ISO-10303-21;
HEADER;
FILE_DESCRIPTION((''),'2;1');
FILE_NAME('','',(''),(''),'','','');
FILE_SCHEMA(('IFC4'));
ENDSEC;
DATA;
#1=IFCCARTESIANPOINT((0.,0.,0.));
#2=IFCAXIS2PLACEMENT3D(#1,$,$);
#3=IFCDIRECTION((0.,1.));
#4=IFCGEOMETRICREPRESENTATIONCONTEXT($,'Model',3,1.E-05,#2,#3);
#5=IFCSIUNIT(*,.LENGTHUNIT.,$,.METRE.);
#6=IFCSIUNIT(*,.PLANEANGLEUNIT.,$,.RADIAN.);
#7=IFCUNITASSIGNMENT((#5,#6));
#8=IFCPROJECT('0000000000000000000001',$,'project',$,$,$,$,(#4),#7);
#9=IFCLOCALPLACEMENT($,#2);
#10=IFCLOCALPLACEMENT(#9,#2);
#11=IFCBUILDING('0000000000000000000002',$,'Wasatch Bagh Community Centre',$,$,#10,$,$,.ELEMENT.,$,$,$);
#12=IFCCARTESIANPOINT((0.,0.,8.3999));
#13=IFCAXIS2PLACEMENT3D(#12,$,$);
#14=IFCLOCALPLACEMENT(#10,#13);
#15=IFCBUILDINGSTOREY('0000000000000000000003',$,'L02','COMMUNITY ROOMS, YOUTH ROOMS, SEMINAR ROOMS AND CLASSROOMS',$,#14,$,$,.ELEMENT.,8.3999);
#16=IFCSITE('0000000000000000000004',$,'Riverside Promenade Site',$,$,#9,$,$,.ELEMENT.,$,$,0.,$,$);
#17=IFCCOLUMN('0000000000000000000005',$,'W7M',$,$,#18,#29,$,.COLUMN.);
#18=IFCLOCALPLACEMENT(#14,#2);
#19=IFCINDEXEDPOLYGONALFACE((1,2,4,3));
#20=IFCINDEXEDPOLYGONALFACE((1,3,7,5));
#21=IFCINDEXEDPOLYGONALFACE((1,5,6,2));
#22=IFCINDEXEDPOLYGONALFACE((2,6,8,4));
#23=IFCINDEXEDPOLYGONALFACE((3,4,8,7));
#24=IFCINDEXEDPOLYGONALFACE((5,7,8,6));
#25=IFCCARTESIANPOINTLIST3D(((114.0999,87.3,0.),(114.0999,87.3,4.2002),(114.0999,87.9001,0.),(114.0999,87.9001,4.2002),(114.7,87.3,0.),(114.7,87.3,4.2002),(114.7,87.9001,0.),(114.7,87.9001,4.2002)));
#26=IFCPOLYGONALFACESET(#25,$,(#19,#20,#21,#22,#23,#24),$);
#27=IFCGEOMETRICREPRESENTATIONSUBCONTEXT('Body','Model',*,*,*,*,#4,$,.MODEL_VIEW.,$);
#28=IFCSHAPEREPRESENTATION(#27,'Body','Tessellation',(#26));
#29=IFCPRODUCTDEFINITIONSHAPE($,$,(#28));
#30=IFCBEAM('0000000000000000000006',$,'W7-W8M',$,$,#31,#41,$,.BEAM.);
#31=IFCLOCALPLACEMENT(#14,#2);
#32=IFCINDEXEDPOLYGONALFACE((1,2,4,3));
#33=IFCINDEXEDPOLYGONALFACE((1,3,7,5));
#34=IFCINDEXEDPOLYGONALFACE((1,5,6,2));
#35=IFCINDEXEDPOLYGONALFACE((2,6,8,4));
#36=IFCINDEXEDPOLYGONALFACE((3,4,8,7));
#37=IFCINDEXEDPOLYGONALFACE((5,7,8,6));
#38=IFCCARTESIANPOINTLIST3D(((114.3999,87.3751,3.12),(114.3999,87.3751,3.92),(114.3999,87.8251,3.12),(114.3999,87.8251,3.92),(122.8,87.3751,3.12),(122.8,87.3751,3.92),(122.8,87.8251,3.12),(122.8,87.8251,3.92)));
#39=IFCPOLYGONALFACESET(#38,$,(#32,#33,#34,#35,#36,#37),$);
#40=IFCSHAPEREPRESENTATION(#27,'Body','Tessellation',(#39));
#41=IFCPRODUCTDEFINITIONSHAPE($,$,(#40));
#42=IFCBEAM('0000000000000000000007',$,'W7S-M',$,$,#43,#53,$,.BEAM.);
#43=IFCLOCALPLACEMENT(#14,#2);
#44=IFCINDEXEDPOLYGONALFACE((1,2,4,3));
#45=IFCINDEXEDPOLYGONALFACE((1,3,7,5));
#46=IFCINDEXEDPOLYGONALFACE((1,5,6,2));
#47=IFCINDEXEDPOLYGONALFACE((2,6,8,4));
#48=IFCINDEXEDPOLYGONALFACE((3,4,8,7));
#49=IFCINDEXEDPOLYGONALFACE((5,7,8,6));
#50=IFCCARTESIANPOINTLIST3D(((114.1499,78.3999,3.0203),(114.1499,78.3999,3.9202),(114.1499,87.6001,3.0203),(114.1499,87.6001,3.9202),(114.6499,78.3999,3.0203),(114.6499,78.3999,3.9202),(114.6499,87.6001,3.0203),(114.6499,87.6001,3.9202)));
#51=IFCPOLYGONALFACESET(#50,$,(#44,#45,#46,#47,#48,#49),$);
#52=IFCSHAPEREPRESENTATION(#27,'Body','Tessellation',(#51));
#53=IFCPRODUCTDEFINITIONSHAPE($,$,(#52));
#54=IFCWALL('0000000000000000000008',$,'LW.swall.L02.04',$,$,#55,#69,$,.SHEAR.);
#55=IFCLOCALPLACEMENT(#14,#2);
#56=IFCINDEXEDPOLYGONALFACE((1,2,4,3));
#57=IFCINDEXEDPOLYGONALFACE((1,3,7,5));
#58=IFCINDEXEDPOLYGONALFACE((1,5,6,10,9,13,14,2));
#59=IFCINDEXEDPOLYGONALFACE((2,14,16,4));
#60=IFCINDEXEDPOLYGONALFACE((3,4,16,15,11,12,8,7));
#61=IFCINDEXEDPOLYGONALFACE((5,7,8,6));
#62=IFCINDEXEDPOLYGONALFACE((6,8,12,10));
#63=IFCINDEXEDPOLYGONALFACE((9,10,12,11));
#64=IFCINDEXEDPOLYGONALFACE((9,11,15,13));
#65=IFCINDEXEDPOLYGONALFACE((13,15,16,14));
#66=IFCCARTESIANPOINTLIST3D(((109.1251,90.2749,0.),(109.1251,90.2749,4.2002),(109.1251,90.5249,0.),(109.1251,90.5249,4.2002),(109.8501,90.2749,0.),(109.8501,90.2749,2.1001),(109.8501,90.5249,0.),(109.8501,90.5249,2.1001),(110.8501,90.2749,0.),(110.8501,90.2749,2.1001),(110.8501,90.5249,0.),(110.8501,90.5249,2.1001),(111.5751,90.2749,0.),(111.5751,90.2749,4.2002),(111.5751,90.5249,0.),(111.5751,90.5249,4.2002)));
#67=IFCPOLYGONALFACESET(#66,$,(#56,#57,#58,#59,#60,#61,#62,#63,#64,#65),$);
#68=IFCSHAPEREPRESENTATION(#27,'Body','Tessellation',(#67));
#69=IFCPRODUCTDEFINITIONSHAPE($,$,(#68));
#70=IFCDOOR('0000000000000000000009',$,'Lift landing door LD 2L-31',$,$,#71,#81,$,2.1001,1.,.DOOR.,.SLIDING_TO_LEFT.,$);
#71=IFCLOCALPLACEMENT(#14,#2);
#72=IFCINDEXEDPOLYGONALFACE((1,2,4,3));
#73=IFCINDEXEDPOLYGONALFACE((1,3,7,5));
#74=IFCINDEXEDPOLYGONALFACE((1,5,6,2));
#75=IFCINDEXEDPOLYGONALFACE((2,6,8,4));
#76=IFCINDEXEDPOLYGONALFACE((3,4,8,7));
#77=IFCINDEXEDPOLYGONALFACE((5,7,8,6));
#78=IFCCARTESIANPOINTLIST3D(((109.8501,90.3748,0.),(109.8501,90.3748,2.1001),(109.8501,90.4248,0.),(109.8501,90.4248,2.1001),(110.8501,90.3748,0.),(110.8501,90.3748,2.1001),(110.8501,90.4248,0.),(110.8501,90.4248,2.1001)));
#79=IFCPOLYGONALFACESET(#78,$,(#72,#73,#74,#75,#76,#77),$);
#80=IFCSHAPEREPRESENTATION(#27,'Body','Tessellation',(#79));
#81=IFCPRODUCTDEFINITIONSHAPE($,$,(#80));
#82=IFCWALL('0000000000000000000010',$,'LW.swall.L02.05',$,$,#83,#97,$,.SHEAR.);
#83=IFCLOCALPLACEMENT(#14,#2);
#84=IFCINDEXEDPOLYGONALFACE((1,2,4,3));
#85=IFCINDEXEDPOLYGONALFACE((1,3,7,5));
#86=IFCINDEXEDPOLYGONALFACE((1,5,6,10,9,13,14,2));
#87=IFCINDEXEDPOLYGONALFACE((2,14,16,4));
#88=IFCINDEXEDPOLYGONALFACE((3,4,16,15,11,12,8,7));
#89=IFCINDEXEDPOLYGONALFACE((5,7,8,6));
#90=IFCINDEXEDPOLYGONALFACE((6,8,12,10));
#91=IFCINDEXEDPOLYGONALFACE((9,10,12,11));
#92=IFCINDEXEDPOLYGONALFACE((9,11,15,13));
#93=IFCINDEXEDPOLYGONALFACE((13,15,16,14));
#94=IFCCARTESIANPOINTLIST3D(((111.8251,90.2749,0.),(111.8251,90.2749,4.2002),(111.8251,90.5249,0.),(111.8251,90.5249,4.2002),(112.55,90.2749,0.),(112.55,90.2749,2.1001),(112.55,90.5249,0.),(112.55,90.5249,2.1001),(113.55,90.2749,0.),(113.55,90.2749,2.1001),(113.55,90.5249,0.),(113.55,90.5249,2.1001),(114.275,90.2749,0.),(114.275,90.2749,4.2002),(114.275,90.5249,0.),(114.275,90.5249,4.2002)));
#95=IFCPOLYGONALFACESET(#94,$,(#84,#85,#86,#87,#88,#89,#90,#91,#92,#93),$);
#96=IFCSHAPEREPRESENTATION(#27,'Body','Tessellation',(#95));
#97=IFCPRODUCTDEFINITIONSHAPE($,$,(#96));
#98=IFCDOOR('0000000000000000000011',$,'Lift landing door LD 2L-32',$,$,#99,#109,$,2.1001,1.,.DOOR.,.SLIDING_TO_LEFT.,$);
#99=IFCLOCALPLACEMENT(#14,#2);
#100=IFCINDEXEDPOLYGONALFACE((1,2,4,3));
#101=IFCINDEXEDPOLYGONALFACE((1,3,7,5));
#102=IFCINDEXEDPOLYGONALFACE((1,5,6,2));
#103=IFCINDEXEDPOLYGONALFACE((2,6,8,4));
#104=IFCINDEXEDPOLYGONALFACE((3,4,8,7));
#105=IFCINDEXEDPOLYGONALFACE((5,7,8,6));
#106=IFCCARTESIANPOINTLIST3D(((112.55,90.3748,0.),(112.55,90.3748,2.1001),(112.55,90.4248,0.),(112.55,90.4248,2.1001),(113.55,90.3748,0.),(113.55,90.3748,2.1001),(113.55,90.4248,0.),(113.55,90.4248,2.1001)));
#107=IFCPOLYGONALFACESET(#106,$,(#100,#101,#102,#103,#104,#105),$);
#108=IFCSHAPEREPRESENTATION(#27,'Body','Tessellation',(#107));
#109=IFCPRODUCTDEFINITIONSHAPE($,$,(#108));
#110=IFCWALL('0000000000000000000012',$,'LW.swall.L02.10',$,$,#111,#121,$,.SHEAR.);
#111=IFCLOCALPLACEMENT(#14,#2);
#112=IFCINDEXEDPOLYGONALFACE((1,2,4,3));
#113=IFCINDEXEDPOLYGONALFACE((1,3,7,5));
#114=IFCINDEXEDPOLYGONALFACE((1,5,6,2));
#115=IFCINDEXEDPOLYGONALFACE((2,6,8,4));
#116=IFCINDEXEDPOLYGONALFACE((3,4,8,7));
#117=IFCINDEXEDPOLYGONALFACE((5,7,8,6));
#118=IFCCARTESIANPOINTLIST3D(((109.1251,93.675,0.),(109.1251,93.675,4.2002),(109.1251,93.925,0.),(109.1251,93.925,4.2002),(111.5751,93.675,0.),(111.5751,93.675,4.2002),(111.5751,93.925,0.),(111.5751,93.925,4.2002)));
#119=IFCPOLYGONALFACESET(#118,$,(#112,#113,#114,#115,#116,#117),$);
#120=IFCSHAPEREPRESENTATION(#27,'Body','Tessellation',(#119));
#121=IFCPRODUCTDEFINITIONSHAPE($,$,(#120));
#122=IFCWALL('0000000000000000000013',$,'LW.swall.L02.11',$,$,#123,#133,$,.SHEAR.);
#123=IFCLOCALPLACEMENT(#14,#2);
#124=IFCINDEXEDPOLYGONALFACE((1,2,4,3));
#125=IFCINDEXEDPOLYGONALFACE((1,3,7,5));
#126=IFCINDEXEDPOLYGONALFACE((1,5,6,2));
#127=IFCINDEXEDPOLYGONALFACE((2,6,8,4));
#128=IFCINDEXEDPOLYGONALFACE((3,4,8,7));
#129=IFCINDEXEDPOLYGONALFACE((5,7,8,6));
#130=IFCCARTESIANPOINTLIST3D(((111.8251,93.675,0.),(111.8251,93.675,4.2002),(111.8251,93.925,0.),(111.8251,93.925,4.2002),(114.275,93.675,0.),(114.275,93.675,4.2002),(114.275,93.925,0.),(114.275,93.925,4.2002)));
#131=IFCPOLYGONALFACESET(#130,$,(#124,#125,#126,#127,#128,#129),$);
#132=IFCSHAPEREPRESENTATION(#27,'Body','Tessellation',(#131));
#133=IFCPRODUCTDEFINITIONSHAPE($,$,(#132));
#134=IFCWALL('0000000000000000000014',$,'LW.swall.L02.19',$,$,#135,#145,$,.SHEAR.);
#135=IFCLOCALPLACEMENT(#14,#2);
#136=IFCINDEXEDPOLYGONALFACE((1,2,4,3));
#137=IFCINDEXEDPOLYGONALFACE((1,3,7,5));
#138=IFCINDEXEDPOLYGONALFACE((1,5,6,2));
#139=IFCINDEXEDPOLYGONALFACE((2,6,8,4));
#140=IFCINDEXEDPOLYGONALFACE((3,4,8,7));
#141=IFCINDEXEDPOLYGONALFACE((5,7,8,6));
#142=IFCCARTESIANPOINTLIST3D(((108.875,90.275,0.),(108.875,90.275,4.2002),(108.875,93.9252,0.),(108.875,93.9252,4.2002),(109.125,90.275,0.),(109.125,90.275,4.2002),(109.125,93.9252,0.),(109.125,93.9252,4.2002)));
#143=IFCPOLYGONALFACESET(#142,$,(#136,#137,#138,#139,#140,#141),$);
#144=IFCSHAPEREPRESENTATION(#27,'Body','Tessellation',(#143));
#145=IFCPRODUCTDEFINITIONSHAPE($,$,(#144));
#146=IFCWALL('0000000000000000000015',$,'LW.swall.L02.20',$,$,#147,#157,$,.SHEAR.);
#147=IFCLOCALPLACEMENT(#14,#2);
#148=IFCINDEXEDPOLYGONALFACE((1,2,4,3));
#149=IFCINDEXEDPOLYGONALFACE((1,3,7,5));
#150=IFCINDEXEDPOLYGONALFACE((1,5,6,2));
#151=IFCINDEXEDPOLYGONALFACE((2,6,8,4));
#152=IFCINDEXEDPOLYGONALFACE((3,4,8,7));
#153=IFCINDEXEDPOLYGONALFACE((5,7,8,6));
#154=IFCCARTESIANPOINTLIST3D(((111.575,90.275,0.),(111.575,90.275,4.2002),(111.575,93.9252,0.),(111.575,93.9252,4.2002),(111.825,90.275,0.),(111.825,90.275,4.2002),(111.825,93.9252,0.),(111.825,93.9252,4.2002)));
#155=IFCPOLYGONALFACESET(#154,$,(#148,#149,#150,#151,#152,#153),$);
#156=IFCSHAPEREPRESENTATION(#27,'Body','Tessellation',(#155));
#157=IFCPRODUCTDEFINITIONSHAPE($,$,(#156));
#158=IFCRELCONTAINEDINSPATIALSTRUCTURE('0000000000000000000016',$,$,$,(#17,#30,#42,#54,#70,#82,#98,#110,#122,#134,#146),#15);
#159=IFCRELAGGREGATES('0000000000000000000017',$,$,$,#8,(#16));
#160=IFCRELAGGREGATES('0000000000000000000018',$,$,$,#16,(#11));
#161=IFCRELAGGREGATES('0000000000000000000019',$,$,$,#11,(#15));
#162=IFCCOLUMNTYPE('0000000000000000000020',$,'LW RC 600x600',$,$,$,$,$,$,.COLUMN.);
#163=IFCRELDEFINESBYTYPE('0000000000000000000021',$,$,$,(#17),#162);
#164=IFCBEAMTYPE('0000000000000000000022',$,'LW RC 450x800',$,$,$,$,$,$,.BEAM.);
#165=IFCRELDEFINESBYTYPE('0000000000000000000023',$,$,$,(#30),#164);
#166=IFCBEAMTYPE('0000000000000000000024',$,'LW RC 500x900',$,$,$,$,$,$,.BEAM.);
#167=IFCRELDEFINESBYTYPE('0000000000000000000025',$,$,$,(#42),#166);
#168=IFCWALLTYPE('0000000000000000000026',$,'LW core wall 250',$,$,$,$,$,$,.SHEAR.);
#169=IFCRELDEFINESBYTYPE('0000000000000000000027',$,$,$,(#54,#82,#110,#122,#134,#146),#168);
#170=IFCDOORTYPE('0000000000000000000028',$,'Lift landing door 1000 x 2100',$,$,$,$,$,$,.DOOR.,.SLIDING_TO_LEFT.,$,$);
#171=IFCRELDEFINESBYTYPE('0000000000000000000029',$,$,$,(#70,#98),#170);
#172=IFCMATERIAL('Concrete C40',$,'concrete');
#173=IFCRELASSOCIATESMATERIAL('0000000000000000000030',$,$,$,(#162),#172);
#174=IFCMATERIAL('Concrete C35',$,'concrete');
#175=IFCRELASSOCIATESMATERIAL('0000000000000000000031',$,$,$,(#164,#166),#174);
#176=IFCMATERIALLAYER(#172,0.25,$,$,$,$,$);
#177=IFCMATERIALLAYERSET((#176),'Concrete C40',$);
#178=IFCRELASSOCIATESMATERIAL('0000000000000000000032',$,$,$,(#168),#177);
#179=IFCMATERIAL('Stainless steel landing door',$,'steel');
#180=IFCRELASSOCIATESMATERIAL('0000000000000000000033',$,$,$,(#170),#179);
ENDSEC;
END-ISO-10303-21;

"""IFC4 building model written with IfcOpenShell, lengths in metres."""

from ifc_helpers import new_model, si_unit, direction, frame, frame_2d, origin, origin_2d, place, context, subcontext, project, spatial, rectangle, extrude, material, layer, layer_set, material_profile, profile_set, type_object, element, fill, save


model = new_model("IFC4")

# Units and contexts
model_context = context("Model", 3, precision=1e-05, world=origin(), true_north=direction((0.0, 1.0)))
body_context = subcontext(model_context, "Body", "Model", "MODEL_VIEW")
ifc_project = project(units=[si_unit("LENGTHUNIT", "METRE"), si_unit("PLANEANGLEUNIT", "RADIAN")], contexts=[model_context])

# Site, building, storey
site_placement = place(None, origin())
site = spatial("IfcSite", under=ifc_project, at=site_placement, Name="Riverside Promenade Site", CompositionType="ELEMENT", RefElevation=0.0)
building_placement = place(site_placement, origin())
building = spatial("IfcBuilding", under=site, at=building_placement, Name="Wasatch Bagh Community Centre", CompositionType="ELEMENT")
storey_placement = place(building_placement, frame((0.0, 0.0, 8.3999)))
storey = spatial("IfcBuildingStorey", under=building, at=storey_placement, Name="L02", Description="COMMUNITY ROOMS, YOUTH ROOMS, SEMINAR ROOMS AND CLASSROOMS", CompositionType="ELEMENT", Elevation=8.3999)

# Column
ifc_material_1 = material(Name="Concrete C40", Category="concrete")
ifc_material_profile_1 = material_profile(ifc_material_1, rectangle(XDim=0.6001, YDim=0.6001, at=origin_2d()), Name="RC 600x600")
ifc_profile_set_1 = profile_set([ifc_material_profile_1], Name="Concrete C40")
column_type = type_object("IfcColumnType", Name="LW RC 600x600", PredefinedType="COLUMN", material=ifc_profile_set_1)
column_placement = place(storey_placement, frame((114.3999, 87.6001, 0.0), z_axis=(0.0, 0.0, 1.0), x_axis=(1.0, 0.0, 0.0)))
element("IfcColumn", 1, at=column_placement, inside=storey, type_object=column_type, Name="W7M", PredefinedType="COLUMN", context=body_context, shape_type="SweptSolid", body=[
    extrude(rectangle(XDim=0.6001, YDim=0.6001, at=origin_2d()), origin(), (0.0, 0.0, 1.0), 4.2002),
])

# Beams
ifc_material_2 = material(Name="Concrete C35", Category="concrete")
ifc_material_profile_2 = material_profile(ifc_material_2, rectangle(XDim=0.45, YDim=0.8, at=origin_2d()), Name="RC 450x800")
ifc_profile_set_2 = profile_set([ifc_material_profile_2], Name="Concrete C35")
beam_type_1 = type_object("IfcBeamType", Name="LW RC 450x800", PredefinedType="BEAM", material=ifc_profile_set_2)
beam_1_placement = place(storey_placement, frame((114.3999, 87.6001, 3.52), z_axis=(1.0, 0.0, 0.0), x_axis=(0.0, 1.0, 0.0)))
element("IfcBeam", 2, at=beam_1_placement, inside=storey, type_object=beam_type_1, Name="W7-W8M", PredefinedType="BEAM", context=body_context, shape_type="SweptSolid", body=[
    extrude(rectangle(XDim=0.45, YDim=0.8, at=origin_2d()), origin(), (0.0, 0.0, 1.0), 8.4001),
])
ifc_material_profile_3 = material_profile(ifc_material_2, rectangle(XDim=0.5, YDim=0.8999, at=origin_2d()), Name="RC 500x900")
ifc_profile_set_3 = profile_set([ifc_material_profile_3], Name="Concrete C35")
beam_type_2 = type_object("IfcBeamType", Name="LW RC 500x900", PredefinedType="BEAM", material=ifc_profile_set_3)
beam_2_placement = place(storey_placement, frame((114.3999, 78.3999, 3.4702), z_axis=(0.0, 1.0, 0.0), x_axis=(-1.0, 0.0, 0.0)))
element("IfcBeam", 3, at=beam_2_placement, inside=storey, type_object=beam_type_2, Name="W7S-M", PredefinedType="BEAM", context=body_context, shape_type="SweptSolid", body=[
    extrude(rectangle(XDim=0.5, YDim=0.8999, at=origin_2d()), origin(), (0.0, 0.0, 1.0), 9.2002),
])

# Walls, openings, doors
ifc_layer_1 = layer(ifc_material_1, 0.25)
ifc_layer_set_1 = layer_set([ifc_layer_1], Name="Concrete C40")
wall_type_1 = type_object("IfcWallType", Name="LW core wall 250", PredefinedType="SHEAR", material=ifc_layer_set_1)
wall_1_placement = place(storey_placement, frame((109.125, 90.3999, 0.0), z_axis=(0.0, 0.0, 1.0), x_axis=(1.0, 0.0, 0.0)))
wall_1 = element("IfcWall", 4, at=wall_1_placement, inside=storey, type_object=wall_type_1, Name="LW.swall.L02.04", PredefinedType="SHEAR", context=body_context, shape_type="SweptSolid", body=[
    extrude(rectangle(XDim=2.45, YDim=0.25, at=frame_2d((1.2251, 0.0))), origin(), (0.0, 0.0, 1.0), 4.2002),
])
opening_1_placement = place(wall_1_placement, frame((0.7251, 0.0, 0.0)))
opening_1 = element("IfcOpeningElement", 5, at=opening_1_placement, cuts=wall_1, PredefinedType="OPENING", context=body_context, shape_type="SweptSolid", body=[
    extrude(rectangle(XDim=1.0, YDim=2.1001, at=frame_2d((0.5, 1.05))), frame((0.0, 0.135, 0.0), z_axis=(0.0, -1.0, 0.0), x_axis=(1.0, 0.0, 0.0)), (0.0, 0.0, 1.0), 0.27),
])
ifc_material_3 = material(Name="Stainless steel landing door", Category="steel")
door_type_1 = type_object("IfcDoorType", Name="Lift landing door 1000 x 2100", OperationType="SLIDING_TO_LEFT", PredefinedType="DOOR", material=ifc_material_3)
door_1_placement = place(opening_1_placement, origin())
door_1 = element("IfcDoor", 6, at=door_1_placement, inside=storey, type_object=door_type_1, Name="Lift landing door LD 2L-31", OperationType="SLIDING_TO_LEFT", OverallHeight=2.1001, OverallWidth=1.0, PredefinedType="DOOR", context=body_context, shape_type="SweptSolid", body=[
    extrude(rectangle(XDim=1.0, YDim=2.1001, at=frame_2d((0.5, 1.05))), frame((0.0, 0.0249, 0.0), z_axis=(0.0, -1.0, 0.0), x_axis=(1.0, 0.0, 0.0)), (0.0, 0.0, 1.0), 0.05),
])
fill(opening_1, door_1)
wall_2_placement = place(storey_placement, frame((111.825, 90.3999, 0.0), z_axis=(0.0, 0.0, 1.0), x_axis=(1.0, 0.0, 0.0)))
wall_2 = element("IfcWall", 7, at=wall_2_placement, inside=storey, type_object=wall_type_1, Name="LW.swall.L02.05", PredefinedType="SHEAR", context=body_context, shape_type="SweptSolid", body=[
    extrude(rectangle(XDim=2.45, YDim=0.25, at=frame_2d((1.2251, 0.0))), origin(), (0.0, 0.0, 1.0), 4.2002),
])
opening_2_placement = place(wall_2_placement, frame((0.7251, 0.0, 0.0)))
opening_2 = element("IfcOpeningElement", 8, at=opening_2_placement, cuts=wall_2, PredefinedType="OPENING", context=body_context, shape_type="SweptSolid", body=[
    extrude(rectangle(XDim=1.0, YDim=2.1001, at=frame_2d((0.5, 1.05))), frame((0.0, 0.135, 0.0), z_axis=(0.0, -1.0, 0.0), x_axis=(1.0, 0.0, 0.0)), (0.0, 0.0, 1.0), 0.27),
])
door_2_placement = place(opening_2_placement, origin())
door_2 = element("IfcDoor", 9, at=door_2_placement, inside=storey, type_object=door_type_1, Name="Lift landing door LD 2L-32", OperationType="SLIDING_TO_LEFT", OverallHeight=2.1001, OverallWidth=1.0, PredefinedType="DOOR", context=body_context, shape_type="SweptSolid", body=[
    extrude(rectangle(XDim=1.0, YDim=2.1001, at=frame_2d((0.5, 1.05))), frame((0.0, 0.0249, 0.0), z_axis=(0.0, -1.0, 0.0), x_axis=(1.0, 0.0, 0.0)), (0.0, 0.0, 1.0), 0.05),
])
fill(opening_2, door_2)

# Walls
for number, where, z_axis, x_axis, name in (
    (10, (109.125, 93.8, 0.0), (0.0, 0.0, 1.0), (1.0, 0.0, 0.0), "LW.swall.L02.10"),
    (11, (111.825, 93.8, 0.0), (0.0, 0.0, 1.0), (1.0, 0.0, 0.0), "LW.swall.L02.11"),
):
    element("IfcWall", number, at=place(storey_placement, frame(where, z_axis=z_axis, x_axis=x_axis)), inside=storey, type_object=wall_type_1, Name=name, PredefinedType="SHEAR", context=body_context, shape_type="SweptSolid", body=[
        extrude(rectangle(XDim=2.45, YDim=0.25, at=frame_2d((1.2251, 0.0))), origin(), (0.0, 0.0, 1.0), 4.2002),
    ])
for number, where, z_axis, x_axis, name in (
    (12, (109.0, 90.2749, 0.0), (0.0, 0.0, 1.0), (0.0, 1.0, 0.0), "LW.swall.L02.19"),
    (13, (111.7, 90.2749, 0.0), (0.0, 0.0, 1.0), (0.0, 1.0, 0.0), "LW.swall.L02.20"),
):
    element("IfcWall", number, at=place(storey_placement, frame(where, z_axis=z_axis, x_axis=x_axis)), inside=storey, type_object=wall_type_1, Name=name, PredefinedType="SHEAR", context=body_context, shape_type="SweptSolid", body=[
        extrude(rectangle(XDim=3.6501, YDim=0.25, at=frame_2d((1.8252, 0.0))), origin(), (0.0, 0.0, 1.0), 4.2002),
    ])

save(model, "model.ifc")
